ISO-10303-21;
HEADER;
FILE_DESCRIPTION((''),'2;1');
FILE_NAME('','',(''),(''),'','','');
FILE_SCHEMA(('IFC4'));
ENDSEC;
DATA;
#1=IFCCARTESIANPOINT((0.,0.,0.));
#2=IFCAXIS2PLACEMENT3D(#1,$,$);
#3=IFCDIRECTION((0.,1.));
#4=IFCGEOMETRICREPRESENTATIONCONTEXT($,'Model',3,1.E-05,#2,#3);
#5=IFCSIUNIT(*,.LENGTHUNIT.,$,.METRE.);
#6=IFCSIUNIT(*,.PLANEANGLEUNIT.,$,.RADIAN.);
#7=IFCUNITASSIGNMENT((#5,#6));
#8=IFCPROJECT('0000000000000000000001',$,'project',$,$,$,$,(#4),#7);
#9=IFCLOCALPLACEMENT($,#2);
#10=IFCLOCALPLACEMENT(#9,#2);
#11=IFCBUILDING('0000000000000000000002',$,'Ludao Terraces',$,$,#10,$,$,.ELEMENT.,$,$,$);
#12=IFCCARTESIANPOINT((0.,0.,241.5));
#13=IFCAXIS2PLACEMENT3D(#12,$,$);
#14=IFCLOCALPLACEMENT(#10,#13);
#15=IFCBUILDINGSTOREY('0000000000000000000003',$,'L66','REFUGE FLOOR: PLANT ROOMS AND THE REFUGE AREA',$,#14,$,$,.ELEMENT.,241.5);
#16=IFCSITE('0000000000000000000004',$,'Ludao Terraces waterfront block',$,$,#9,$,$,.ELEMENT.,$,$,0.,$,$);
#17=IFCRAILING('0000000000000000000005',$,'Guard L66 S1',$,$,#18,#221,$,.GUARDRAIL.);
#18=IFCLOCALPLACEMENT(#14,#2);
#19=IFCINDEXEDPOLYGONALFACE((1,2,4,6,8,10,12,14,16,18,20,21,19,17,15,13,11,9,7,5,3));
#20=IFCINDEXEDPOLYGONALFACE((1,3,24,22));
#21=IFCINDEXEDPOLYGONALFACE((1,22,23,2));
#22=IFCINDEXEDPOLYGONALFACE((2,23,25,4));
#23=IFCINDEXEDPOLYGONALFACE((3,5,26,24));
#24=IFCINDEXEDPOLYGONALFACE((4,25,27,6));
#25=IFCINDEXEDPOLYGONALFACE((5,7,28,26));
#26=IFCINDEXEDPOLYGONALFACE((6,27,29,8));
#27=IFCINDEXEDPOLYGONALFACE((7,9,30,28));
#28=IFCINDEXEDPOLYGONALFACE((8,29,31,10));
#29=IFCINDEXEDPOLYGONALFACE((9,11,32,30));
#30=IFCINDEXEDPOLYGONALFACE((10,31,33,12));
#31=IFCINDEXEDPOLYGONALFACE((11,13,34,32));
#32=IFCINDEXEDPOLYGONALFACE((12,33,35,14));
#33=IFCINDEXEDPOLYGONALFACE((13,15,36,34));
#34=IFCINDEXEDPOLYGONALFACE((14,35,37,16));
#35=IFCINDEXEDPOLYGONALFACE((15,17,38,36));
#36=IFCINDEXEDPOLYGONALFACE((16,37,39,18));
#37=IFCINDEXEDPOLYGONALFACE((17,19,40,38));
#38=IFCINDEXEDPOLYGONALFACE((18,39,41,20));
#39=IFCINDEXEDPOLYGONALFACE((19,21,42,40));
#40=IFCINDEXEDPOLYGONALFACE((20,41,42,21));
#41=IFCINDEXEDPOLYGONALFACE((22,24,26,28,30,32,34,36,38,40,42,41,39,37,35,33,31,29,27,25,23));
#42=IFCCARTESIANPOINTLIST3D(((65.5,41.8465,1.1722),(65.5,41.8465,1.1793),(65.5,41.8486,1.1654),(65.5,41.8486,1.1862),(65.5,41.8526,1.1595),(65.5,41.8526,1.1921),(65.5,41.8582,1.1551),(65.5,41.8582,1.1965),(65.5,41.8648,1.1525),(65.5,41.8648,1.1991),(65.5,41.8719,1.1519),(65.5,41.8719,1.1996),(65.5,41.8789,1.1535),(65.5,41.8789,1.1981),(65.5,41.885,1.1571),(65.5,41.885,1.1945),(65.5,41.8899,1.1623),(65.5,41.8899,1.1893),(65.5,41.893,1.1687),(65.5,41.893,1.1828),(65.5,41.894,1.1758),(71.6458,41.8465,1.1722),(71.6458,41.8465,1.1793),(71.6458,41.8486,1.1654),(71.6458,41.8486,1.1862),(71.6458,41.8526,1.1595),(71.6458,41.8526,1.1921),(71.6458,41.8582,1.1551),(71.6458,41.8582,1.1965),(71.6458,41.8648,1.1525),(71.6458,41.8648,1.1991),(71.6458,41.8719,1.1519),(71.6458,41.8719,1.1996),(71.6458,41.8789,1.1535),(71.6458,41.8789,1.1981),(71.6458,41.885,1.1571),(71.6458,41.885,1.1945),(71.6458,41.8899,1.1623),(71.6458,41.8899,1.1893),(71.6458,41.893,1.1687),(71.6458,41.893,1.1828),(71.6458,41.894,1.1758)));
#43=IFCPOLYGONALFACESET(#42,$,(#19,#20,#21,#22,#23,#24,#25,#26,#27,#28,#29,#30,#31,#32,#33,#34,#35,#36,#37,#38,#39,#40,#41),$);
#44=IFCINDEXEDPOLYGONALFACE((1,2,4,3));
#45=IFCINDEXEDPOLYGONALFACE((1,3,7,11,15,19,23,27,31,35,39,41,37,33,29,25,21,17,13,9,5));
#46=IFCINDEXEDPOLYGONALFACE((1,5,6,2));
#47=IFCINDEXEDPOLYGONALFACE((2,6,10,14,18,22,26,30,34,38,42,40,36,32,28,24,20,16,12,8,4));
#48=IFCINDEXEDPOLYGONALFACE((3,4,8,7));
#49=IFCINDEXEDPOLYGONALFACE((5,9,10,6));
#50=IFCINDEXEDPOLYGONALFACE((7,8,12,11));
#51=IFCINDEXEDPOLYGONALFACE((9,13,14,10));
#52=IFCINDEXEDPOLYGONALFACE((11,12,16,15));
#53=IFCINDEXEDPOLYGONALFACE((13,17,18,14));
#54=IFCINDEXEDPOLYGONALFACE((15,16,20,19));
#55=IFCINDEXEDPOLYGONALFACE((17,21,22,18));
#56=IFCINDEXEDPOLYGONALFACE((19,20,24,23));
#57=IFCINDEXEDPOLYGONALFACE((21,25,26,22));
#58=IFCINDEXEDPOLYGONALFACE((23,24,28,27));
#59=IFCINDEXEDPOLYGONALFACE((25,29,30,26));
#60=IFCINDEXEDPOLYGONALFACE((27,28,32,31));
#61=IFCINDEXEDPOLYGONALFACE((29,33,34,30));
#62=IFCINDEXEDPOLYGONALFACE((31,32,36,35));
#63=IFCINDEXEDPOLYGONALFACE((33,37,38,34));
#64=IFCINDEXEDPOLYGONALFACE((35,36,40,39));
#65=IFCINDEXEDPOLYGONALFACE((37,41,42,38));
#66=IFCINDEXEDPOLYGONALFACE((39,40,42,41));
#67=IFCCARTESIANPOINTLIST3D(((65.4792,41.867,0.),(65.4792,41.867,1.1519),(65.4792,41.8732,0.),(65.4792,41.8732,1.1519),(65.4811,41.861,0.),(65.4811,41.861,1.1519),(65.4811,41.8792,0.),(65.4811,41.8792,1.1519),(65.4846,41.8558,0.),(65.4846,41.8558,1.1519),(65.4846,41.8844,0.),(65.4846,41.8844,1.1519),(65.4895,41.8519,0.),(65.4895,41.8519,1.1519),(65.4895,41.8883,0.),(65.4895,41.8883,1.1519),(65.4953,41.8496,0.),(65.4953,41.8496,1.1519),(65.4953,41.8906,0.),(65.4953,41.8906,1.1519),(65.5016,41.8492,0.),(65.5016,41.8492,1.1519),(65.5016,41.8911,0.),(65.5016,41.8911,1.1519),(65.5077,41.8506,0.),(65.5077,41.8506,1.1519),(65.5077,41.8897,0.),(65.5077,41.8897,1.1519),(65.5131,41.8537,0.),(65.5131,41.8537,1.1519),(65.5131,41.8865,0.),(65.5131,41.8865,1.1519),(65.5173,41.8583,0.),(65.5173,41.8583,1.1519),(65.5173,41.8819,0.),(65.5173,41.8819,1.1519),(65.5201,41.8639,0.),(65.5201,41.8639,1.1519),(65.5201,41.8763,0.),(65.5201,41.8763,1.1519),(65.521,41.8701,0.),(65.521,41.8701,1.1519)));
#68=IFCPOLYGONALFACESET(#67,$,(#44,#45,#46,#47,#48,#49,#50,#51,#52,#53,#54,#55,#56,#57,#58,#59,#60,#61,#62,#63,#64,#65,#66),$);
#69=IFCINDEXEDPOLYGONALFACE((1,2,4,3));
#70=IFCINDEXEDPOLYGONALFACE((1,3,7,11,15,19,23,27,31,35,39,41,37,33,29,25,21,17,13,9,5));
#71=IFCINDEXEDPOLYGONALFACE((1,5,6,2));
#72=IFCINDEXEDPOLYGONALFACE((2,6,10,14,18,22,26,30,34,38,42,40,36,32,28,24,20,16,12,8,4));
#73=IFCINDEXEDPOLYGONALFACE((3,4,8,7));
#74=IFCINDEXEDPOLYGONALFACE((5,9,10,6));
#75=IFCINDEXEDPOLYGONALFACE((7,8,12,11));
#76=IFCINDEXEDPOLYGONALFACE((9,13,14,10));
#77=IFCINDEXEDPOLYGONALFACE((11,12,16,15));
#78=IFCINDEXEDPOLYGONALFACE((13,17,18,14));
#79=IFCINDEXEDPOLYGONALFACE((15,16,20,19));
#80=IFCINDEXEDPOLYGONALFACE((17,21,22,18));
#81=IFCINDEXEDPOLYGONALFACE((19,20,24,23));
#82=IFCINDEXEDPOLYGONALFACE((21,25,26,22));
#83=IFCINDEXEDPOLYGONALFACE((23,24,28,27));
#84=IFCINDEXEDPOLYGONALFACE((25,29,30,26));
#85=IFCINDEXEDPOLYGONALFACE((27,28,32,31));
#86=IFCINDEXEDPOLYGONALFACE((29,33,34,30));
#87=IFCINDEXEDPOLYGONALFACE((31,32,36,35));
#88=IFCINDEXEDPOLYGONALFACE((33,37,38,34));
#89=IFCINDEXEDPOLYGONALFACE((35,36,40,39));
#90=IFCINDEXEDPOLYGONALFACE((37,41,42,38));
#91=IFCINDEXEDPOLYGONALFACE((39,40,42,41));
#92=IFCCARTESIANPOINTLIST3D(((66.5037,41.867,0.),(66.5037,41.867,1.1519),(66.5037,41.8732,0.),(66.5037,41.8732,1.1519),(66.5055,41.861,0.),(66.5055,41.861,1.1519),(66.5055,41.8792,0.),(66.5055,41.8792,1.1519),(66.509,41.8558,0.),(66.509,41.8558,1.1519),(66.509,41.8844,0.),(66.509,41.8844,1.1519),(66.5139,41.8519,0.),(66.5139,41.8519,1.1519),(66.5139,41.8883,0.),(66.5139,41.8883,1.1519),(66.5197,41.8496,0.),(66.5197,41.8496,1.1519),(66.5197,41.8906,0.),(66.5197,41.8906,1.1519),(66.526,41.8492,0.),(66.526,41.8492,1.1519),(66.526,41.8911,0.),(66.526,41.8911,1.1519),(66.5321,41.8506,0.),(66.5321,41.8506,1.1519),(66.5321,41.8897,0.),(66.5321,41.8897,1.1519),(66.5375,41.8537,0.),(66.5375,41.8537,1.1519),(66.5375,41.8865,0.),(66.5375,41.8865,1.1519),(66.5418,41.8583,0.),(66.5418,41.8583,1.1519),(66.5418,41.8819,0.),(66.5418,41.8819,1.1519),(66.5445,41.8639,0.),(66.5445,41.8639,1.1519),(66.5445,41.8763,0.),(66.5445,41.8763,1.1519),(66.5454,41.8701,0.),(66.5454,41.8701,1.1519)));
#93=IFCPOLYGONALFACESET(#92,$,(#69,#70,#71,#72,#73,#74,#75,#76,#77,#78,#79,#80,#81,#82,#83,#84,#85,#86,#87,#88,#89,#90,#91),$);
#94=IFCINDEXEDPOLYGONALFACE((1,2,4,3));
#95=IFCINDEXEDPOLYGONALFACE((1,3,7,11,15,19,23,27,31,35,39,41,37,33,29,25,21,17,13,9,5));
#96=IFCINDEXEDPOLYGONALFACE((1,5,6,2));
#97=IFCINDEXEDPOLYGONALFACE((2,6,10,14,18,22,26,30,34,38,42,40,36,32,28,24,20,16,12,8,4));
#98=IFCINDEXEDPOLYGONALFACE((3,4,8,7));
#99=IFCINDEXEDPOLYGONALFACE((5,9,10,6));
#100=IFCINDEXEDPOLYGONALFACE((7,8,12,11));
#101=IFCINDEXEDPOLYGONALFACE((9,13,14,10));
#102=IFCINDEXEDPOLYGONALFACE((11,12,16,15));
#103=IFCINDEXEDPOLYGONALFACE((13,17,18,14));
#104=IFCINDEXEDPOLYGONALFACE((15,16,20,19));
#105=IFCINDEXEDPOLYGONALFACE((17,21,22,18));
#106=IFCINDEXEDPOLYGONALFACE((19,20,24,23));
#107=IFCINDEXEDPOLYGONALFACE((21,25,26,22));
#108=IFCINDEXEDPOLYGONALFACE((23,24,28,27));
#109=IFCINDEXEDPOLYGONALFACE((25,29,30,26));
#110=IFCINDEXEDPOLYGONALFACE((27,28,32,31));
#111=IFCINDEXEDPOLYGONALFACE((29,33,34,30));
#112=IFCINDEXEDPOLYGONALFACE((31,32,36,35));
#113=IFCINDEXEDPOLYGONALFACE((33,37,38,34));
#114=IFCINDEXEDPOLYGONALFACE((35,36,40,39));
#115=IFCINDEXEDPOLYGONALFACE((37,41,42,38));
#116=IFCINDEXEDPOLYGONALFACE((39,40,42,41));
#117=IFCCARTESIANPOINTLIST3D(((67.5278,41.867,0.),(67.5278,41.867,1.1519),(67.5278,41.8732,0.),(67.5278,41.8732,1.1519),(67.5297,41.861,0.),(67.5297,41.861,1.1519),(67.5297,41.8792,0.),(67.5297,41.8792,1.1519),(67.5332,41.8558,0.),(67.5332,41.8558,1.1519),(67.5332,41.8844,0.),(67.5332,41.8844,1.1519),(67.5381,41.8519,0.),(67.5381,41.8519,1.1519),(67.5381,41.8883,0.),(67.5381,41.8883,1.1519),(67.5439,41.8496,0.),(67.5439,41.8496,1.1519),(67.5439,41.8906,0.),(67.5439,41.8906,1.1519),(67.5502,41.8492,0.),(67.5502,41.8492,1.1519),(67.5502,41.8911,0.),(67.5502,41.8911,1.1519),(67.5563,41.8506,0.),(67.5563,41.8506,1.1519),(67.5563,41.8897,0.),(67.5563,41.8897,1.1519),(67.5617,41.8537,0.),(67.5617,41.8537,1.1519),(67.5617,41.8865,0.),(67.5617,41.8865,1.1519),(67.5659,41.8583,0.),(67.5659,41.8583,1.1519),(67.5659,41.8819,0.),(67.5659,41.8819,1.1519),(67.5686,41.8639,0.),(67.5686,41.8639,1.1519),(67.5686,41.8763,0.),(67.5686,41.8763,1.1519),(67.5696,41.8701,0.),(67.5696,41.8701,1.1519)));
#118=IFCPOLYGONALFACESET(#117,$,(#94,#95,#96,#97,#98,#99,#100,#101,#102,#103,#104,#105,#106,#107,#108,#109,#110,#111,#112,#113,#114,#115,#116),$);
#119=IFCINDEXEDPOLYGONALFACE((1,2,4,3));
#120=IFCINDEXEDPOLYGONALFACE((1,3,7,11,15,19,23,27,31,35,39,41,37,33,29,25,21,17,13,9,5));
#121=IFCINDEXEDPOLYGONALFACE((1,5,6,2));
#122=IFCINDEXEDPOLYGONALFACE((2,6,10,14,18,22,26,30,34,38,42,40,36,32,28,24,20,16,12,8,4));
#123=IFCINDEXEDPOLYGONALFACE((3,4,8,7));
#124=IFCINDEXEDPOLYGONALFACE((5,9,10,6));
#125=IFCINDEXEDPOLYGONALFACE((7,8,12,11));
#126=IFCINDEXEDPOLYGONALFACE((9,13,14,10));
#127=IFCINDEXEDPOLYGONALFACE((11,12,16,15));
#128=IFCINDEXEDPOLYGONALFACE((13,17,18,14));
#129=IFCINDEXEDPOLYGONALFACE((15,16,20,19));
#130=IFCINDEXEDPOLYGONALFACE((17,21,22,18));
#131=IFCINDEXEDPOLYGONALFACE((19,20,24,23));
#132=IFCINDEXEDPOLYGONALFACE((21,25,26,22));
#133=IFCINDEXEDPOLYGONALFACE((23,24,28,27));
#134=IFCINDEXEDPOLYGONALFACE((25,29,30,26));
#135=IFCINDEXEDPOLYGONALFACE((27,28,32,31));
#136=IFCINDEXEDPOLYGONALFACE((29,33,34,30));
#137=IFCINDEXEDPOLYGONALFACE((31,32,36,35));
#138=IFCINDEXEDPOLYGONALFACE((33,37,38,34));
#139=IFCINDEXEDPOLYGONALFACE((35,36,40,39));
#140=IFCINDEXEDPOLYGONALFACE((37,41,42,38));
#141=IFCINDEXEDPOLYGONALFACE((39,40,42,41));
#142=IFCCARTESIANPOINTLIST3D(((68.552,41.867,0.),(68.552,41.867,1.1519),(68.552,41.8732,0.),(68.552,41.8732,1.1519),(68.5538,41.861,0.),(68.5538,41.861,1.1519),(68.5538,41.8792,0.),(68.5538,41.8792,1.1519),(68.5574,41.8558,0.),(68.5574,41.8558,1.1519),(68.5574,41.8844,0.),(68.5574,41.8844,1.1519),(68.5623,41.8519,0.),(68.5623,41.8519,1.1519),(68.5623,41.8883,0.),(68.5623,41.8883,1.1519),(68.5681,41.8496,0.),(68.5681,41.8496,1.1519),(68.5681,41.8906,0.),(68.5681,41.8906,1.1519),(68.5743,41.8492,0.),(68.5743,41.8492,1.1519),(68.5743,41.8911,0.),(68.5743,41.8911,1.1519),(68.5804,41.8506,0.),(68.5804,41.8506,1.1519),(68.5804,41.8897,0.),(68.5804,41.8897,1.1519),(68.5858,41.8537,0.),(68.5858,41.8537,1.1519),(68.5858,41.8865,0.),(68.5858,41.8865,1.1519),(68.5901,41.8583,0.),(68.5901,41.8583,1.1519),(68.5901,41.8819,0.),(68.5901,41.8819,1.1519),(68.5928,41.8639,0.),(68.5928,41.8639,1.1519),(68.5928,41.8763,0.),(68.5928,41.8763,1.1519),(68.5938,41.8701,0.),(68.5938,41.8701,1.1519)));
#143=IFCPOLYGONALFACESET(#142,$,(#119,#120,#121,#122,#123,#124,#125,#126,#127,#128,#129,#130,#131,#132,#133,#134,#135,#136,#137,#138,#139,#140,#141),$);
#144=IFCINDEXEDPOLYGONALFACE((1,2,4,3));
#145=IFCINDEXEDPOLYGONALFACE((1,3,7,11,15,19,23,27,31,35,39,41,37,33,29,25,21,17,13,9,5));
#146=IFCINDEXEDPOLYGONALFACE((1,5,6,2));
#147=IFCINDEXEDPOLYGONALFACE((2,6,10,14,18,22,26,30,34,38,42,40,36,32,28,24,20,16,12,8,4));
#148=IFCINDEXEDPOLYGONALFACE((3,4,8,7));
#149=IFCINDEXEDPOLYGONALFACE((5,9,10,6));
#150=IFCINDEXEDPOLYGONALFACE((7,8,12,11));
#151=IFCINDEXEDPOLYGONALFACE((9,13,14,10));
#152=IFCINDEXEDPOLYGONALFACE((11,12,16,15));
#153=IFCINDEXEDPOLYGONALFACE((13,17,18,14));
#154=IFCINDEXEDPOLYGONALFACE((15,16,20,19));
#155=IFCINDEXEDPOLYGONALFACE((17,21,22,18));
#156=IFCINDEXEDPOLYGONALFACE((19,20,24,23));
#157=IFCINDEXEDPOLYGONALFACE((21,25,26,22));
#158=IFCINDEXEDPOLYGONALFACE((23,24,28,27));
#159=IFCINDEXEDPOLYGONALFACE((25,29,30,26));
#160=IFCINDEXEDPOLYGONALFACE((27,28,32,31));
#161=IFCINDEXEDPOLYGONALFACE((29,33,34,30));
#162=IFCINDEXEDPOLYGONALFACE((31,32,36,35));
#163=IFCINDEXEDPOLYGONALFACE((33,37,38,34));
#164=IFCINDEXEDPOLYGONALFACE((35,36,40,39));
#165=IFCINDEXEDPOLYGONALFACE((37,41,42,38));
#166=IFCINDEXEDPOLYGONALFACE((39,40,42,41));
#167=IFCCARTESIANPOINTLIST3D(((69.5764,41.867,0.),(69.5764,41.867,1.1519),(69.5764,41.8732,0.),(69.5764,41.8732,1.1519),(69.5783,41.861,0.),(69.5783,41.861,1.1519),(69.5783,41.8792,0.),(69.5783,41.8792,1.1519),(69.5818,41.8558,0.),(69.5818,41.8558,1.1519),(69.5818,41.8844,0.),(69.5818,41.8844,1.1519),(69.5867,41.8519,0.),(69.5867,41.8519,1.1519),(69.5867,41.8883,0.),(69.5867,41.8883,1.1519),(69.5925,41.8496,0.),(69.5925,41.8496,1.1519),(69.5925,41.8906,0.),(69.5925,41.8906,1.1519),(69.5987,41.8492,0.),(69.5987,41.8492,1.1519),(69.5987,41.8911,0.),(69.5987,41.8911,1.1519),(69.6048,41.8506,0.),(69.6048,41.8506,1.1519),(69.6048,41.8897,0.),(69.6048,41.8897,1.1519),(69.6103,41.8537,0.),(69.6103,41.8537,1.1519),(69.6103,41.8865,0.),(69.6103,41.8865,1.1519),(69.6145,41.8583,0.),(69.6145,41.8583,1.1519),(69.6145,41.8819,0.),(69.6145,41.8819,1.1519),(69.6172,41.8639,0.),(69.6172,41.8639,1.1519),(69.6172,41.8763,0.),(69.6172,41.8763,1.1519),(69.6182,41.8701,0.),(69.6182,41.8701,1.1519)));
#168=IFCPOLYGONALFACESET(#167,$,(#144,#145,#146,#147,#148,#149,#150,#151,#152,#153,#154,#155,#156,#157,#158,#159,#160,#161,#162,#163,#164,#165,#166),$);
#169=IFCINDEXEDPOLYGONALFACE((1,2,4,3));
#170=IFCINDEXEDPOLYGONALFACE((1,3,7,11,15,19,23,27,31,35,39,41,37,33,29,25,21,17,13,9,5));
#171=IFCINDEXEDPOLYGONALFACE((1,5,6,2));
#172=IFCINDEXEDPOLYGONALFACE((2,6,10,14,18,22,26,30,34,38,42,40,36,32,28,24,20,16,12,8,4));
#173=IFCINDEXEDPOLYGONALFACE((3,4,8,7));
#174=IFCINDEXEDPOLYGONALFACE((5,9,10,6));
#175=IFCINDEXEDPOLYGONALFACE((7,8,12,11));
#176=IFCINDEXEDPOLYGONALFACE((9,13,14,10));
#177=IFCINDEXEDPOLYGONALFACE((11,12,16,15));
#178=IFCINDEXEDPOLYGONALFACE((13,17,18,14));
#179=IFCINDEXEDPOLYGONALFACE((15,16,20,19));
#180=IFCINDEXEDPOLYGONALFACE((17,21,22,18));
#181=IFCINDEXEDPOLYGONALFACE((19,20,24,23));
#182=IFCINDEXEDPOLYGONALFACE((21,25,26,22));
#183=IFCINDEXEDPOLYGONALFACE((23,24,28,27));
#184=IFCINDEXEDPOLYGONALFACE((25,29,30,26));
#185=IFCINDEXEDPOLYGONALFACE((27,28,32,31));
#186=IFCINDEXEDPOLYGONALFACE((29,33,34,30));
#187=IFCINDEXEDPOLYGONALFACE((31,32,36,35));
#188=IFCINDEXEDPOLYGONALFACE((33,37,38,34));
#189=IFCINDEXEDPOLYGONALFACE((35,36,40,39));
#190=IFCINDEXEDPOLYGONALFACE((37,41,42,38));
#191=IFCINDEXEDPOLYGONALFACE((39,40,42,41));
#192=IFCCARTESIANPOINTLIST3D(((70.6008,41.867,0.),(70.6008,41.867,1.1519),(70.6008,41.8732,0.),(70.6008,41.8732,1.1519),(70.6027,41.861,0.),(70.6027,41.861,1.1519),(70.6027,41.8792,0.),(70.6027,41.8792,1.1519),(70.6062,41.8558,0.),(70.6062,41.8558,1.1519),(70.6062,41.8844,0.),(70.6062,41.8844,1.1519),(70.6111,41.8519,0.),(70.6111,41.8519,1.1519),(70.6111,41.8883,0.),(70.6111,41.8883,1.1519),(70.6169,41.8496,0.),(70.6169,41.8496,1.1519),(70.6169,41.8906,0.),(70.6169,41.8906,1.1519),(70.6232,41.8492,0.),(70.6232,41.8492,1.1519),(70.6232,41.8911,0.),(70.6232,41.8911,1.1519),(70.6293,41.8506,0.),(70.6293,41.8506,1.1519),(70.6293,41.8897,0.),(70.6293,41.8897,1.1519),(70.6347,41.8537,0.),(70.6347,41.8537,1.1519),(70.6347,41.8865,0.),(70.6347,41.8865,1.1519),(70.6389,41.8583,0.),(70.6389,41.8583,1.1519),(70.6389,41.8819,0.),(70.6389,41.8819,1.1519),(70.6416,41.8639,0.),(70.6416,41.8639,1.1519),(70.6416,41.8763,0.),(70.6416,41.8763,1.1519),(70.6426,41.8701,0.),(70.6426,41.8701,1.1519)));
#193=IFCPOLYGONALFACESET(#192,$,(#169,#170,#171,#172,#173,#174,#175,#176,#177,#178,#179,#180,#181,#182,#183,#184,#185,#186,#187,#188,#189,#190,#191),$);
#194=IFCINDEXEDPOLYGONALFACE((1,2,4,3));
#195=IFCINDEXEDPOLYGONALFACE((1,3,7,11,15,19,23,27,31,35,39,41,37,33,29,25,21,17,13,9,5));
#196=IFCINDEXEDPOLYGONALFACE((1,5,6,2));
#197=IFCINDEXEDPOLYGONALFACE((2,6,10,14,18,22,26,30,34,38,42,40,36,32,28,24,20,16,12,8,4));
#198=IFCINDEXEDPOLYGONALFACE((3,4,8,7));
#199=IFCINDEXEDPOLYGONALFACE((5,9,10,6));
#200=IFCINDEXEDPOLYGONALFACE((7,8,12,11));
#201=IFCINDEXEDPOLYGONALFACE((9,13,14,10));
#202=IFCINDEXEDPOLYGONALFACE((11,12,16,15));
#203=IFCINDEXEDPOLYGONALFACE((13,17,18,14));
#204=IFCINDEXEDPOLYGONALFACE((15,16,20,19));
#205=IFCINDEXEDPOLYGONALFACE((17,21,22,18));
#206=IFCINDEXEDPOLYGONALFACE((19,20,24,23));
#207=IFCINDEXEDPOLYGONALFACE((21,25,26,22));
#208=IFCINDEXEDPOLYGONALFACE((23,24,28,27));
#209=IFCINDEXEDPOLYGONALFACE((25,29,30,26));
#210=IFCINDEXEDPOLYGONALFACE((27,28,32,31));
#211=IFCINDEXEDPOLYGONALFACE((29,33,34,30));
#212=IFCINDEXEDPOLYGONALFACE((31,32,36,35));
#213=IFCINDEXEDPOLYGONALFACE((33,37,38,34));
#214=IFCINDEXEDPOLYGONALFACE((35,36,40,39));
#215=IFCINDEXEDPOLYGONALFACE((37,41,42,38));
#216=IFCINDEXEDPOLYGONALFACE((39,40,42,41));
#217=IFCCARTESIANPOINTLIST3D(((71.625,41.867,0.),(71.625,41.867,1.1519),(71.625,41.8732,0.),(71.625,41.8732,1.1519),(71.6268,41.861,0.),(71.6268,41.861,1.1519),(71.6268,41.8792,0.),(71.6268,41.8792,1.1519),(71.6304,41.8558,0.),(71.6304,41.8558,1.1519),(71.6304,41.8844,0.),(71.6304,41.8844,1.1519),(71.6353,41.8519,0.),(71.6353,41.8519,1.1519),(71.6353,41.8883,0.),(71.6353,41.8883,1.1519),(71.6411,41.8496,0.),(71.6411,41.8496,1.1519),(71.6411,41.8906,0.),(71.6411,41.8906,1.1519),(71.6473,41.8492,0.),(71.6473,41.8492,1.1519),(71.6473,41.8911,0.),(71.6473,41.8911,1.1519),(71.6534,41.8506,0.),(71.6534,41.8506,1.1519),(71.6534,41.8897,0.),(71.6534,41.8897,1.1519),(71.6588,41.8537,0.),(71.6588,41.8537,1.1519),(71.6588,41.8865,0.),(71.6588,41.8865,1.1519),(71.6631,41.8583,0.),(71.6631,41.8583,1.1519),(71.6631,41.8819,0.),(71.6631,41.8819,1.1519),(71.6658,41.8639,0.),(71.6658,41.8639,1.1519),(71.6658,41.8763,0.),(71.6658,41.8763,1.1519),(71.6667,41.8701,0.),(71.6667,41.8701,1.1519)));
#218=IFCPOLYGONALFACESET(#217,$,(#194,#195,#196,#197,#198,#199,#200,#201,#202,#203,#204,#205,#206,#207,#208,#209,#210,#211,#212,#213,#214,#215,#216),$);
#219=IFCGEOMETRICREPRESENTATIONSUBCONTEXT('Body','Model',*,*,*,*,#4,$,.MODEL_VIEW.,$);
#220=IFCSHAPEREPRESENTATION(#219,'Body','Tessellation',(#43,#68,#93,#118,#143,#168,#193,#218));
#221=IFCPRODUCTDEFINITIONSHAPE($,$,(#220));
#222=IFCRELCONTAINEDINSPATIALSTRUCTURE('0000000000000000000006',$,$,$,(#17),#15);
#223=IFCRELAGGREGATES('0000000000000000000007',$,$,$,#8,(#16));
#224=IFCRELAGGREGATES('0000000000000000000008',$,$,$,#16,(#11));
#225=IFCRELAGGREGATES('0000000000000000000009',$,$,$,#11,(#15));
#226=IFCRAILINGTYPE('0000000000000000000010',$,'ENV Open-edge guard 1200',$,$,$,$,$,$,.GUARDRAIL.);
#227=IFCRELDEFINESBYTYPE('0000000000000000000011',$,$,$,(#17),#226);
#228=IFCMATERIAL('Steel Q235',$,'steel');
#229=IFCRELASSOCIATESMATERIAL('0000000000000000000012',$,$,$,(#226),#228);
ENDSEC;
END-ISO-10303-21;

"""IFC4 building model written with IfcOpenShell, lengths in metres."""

from ifc_helpers import new_model, si_unit, direction, frame, origin, origin_2d, place, context, subcontext, project, spatial, circle, extrude, material, type_object, element, save


model = new_model("IFC4")

# Units and contexts
model_context = context("Model", 3, precision=1e-05, world=origin(), true_north=direction((0.0, 1.0)))
body_context = subcontext(model_context, "Body", "Model", "MODEL_VIEW")
ifc_project = project(units=[si_unit("LENGTHUNIT", "METRE"), si_unit("PLANEANGLEUNIT", "RADIAN")], contexts=[model_context])

# Site, building, storey
site_placement = place(None, origin())
site = spatial("IfcSite", under=ifc_project, at=site_placement, Name="Ludao Terraces waterfront block", CompositionType="ELEMENT", RefElevation=0.0)
building_placement = place(site_placement, origin())
building = spatial("IfcBuilding", under=site, at=building_placement, Name="Ludao Terraces", CompositionType="ELEMENT")
storey_placement = place(building_placement, frame((0.0, 0.0, 241.5)))
storey = spatial("IfcBuildingStorey", under=building, at=storey_placement, Name="L66", Description="REFUGE FLOOR: PLANT ROOMS AND THE REFUGE AREA", CompositionType="ELEMENT", Elevation=241.5)

# Shared definitions
ifc_material_1 = material(Name="Steel Q235", Category="steel")

# Railing
railing_type = type_object("IfcRailingType", Name="ENV Open-edge guard 1200", PredefinedType="GUARDRAIL", material=ifc_material_1)
railing_placement = place(storey_placement, frame((65.5, 41.8701, 0.0)))
element("IfcRailing", 1, at=railing_placement, inside=storey, type_object=railing_type, Name="Guard L66 S1", PredefinedType="GUARDRAIL", context=body_context, shape_type="SweptSolid", body=[
    extrude(circle(Radius=0.0239, at=origin_2d()), frame((0.0, 0.0, 1.1758), z_axis=(1.0, 0.0, 0.0), x_axis=(0.0, 1.0, 0.0)), (0.0, 0.0, 1.0), 6.1458),
    extrude(circle(Radius=0.021, at=origin_2d()), origin(), (0.0, 0.0, 1.0), 1.1519),
    extrude(circle(Radius=0.021, at=origin_2d()), frame((1.0244, 0.0, 0.0)), (0.0, 0.0, 1.0), 1.1519),
    extrude(circle(Radius=0.021, at=origin_2d()), frame((2.0486, 0.0, 0.0)), (0.0, 0.0, 1.0), 1.1519),
    extrude(circle(Radius=0.021, at=origin_2d()), frame((3.0728, 0.0, 0.0)), (0.0, 0.0, 1.0), 1.1519),
    extrude(circle(Radius=0.021, at=origin_2d()), frame((4.0972, 0.0, 0.0)), (0.0, 0.0, 1.0), 1.1519),
    extrude(circle(Radius=0.021, at=origin_2d()), frame((5.1216, 0.0, 0.0)), (0.0, 0.0, 1.0), 1.1519),
    extrude(circle(Radius=0.021, at=origin_2d()), frame((6.1458, 0.0, 0.0)), (0.0, 0.0, 1.0), 1.1519),
])

save(model, "model.ifc")
